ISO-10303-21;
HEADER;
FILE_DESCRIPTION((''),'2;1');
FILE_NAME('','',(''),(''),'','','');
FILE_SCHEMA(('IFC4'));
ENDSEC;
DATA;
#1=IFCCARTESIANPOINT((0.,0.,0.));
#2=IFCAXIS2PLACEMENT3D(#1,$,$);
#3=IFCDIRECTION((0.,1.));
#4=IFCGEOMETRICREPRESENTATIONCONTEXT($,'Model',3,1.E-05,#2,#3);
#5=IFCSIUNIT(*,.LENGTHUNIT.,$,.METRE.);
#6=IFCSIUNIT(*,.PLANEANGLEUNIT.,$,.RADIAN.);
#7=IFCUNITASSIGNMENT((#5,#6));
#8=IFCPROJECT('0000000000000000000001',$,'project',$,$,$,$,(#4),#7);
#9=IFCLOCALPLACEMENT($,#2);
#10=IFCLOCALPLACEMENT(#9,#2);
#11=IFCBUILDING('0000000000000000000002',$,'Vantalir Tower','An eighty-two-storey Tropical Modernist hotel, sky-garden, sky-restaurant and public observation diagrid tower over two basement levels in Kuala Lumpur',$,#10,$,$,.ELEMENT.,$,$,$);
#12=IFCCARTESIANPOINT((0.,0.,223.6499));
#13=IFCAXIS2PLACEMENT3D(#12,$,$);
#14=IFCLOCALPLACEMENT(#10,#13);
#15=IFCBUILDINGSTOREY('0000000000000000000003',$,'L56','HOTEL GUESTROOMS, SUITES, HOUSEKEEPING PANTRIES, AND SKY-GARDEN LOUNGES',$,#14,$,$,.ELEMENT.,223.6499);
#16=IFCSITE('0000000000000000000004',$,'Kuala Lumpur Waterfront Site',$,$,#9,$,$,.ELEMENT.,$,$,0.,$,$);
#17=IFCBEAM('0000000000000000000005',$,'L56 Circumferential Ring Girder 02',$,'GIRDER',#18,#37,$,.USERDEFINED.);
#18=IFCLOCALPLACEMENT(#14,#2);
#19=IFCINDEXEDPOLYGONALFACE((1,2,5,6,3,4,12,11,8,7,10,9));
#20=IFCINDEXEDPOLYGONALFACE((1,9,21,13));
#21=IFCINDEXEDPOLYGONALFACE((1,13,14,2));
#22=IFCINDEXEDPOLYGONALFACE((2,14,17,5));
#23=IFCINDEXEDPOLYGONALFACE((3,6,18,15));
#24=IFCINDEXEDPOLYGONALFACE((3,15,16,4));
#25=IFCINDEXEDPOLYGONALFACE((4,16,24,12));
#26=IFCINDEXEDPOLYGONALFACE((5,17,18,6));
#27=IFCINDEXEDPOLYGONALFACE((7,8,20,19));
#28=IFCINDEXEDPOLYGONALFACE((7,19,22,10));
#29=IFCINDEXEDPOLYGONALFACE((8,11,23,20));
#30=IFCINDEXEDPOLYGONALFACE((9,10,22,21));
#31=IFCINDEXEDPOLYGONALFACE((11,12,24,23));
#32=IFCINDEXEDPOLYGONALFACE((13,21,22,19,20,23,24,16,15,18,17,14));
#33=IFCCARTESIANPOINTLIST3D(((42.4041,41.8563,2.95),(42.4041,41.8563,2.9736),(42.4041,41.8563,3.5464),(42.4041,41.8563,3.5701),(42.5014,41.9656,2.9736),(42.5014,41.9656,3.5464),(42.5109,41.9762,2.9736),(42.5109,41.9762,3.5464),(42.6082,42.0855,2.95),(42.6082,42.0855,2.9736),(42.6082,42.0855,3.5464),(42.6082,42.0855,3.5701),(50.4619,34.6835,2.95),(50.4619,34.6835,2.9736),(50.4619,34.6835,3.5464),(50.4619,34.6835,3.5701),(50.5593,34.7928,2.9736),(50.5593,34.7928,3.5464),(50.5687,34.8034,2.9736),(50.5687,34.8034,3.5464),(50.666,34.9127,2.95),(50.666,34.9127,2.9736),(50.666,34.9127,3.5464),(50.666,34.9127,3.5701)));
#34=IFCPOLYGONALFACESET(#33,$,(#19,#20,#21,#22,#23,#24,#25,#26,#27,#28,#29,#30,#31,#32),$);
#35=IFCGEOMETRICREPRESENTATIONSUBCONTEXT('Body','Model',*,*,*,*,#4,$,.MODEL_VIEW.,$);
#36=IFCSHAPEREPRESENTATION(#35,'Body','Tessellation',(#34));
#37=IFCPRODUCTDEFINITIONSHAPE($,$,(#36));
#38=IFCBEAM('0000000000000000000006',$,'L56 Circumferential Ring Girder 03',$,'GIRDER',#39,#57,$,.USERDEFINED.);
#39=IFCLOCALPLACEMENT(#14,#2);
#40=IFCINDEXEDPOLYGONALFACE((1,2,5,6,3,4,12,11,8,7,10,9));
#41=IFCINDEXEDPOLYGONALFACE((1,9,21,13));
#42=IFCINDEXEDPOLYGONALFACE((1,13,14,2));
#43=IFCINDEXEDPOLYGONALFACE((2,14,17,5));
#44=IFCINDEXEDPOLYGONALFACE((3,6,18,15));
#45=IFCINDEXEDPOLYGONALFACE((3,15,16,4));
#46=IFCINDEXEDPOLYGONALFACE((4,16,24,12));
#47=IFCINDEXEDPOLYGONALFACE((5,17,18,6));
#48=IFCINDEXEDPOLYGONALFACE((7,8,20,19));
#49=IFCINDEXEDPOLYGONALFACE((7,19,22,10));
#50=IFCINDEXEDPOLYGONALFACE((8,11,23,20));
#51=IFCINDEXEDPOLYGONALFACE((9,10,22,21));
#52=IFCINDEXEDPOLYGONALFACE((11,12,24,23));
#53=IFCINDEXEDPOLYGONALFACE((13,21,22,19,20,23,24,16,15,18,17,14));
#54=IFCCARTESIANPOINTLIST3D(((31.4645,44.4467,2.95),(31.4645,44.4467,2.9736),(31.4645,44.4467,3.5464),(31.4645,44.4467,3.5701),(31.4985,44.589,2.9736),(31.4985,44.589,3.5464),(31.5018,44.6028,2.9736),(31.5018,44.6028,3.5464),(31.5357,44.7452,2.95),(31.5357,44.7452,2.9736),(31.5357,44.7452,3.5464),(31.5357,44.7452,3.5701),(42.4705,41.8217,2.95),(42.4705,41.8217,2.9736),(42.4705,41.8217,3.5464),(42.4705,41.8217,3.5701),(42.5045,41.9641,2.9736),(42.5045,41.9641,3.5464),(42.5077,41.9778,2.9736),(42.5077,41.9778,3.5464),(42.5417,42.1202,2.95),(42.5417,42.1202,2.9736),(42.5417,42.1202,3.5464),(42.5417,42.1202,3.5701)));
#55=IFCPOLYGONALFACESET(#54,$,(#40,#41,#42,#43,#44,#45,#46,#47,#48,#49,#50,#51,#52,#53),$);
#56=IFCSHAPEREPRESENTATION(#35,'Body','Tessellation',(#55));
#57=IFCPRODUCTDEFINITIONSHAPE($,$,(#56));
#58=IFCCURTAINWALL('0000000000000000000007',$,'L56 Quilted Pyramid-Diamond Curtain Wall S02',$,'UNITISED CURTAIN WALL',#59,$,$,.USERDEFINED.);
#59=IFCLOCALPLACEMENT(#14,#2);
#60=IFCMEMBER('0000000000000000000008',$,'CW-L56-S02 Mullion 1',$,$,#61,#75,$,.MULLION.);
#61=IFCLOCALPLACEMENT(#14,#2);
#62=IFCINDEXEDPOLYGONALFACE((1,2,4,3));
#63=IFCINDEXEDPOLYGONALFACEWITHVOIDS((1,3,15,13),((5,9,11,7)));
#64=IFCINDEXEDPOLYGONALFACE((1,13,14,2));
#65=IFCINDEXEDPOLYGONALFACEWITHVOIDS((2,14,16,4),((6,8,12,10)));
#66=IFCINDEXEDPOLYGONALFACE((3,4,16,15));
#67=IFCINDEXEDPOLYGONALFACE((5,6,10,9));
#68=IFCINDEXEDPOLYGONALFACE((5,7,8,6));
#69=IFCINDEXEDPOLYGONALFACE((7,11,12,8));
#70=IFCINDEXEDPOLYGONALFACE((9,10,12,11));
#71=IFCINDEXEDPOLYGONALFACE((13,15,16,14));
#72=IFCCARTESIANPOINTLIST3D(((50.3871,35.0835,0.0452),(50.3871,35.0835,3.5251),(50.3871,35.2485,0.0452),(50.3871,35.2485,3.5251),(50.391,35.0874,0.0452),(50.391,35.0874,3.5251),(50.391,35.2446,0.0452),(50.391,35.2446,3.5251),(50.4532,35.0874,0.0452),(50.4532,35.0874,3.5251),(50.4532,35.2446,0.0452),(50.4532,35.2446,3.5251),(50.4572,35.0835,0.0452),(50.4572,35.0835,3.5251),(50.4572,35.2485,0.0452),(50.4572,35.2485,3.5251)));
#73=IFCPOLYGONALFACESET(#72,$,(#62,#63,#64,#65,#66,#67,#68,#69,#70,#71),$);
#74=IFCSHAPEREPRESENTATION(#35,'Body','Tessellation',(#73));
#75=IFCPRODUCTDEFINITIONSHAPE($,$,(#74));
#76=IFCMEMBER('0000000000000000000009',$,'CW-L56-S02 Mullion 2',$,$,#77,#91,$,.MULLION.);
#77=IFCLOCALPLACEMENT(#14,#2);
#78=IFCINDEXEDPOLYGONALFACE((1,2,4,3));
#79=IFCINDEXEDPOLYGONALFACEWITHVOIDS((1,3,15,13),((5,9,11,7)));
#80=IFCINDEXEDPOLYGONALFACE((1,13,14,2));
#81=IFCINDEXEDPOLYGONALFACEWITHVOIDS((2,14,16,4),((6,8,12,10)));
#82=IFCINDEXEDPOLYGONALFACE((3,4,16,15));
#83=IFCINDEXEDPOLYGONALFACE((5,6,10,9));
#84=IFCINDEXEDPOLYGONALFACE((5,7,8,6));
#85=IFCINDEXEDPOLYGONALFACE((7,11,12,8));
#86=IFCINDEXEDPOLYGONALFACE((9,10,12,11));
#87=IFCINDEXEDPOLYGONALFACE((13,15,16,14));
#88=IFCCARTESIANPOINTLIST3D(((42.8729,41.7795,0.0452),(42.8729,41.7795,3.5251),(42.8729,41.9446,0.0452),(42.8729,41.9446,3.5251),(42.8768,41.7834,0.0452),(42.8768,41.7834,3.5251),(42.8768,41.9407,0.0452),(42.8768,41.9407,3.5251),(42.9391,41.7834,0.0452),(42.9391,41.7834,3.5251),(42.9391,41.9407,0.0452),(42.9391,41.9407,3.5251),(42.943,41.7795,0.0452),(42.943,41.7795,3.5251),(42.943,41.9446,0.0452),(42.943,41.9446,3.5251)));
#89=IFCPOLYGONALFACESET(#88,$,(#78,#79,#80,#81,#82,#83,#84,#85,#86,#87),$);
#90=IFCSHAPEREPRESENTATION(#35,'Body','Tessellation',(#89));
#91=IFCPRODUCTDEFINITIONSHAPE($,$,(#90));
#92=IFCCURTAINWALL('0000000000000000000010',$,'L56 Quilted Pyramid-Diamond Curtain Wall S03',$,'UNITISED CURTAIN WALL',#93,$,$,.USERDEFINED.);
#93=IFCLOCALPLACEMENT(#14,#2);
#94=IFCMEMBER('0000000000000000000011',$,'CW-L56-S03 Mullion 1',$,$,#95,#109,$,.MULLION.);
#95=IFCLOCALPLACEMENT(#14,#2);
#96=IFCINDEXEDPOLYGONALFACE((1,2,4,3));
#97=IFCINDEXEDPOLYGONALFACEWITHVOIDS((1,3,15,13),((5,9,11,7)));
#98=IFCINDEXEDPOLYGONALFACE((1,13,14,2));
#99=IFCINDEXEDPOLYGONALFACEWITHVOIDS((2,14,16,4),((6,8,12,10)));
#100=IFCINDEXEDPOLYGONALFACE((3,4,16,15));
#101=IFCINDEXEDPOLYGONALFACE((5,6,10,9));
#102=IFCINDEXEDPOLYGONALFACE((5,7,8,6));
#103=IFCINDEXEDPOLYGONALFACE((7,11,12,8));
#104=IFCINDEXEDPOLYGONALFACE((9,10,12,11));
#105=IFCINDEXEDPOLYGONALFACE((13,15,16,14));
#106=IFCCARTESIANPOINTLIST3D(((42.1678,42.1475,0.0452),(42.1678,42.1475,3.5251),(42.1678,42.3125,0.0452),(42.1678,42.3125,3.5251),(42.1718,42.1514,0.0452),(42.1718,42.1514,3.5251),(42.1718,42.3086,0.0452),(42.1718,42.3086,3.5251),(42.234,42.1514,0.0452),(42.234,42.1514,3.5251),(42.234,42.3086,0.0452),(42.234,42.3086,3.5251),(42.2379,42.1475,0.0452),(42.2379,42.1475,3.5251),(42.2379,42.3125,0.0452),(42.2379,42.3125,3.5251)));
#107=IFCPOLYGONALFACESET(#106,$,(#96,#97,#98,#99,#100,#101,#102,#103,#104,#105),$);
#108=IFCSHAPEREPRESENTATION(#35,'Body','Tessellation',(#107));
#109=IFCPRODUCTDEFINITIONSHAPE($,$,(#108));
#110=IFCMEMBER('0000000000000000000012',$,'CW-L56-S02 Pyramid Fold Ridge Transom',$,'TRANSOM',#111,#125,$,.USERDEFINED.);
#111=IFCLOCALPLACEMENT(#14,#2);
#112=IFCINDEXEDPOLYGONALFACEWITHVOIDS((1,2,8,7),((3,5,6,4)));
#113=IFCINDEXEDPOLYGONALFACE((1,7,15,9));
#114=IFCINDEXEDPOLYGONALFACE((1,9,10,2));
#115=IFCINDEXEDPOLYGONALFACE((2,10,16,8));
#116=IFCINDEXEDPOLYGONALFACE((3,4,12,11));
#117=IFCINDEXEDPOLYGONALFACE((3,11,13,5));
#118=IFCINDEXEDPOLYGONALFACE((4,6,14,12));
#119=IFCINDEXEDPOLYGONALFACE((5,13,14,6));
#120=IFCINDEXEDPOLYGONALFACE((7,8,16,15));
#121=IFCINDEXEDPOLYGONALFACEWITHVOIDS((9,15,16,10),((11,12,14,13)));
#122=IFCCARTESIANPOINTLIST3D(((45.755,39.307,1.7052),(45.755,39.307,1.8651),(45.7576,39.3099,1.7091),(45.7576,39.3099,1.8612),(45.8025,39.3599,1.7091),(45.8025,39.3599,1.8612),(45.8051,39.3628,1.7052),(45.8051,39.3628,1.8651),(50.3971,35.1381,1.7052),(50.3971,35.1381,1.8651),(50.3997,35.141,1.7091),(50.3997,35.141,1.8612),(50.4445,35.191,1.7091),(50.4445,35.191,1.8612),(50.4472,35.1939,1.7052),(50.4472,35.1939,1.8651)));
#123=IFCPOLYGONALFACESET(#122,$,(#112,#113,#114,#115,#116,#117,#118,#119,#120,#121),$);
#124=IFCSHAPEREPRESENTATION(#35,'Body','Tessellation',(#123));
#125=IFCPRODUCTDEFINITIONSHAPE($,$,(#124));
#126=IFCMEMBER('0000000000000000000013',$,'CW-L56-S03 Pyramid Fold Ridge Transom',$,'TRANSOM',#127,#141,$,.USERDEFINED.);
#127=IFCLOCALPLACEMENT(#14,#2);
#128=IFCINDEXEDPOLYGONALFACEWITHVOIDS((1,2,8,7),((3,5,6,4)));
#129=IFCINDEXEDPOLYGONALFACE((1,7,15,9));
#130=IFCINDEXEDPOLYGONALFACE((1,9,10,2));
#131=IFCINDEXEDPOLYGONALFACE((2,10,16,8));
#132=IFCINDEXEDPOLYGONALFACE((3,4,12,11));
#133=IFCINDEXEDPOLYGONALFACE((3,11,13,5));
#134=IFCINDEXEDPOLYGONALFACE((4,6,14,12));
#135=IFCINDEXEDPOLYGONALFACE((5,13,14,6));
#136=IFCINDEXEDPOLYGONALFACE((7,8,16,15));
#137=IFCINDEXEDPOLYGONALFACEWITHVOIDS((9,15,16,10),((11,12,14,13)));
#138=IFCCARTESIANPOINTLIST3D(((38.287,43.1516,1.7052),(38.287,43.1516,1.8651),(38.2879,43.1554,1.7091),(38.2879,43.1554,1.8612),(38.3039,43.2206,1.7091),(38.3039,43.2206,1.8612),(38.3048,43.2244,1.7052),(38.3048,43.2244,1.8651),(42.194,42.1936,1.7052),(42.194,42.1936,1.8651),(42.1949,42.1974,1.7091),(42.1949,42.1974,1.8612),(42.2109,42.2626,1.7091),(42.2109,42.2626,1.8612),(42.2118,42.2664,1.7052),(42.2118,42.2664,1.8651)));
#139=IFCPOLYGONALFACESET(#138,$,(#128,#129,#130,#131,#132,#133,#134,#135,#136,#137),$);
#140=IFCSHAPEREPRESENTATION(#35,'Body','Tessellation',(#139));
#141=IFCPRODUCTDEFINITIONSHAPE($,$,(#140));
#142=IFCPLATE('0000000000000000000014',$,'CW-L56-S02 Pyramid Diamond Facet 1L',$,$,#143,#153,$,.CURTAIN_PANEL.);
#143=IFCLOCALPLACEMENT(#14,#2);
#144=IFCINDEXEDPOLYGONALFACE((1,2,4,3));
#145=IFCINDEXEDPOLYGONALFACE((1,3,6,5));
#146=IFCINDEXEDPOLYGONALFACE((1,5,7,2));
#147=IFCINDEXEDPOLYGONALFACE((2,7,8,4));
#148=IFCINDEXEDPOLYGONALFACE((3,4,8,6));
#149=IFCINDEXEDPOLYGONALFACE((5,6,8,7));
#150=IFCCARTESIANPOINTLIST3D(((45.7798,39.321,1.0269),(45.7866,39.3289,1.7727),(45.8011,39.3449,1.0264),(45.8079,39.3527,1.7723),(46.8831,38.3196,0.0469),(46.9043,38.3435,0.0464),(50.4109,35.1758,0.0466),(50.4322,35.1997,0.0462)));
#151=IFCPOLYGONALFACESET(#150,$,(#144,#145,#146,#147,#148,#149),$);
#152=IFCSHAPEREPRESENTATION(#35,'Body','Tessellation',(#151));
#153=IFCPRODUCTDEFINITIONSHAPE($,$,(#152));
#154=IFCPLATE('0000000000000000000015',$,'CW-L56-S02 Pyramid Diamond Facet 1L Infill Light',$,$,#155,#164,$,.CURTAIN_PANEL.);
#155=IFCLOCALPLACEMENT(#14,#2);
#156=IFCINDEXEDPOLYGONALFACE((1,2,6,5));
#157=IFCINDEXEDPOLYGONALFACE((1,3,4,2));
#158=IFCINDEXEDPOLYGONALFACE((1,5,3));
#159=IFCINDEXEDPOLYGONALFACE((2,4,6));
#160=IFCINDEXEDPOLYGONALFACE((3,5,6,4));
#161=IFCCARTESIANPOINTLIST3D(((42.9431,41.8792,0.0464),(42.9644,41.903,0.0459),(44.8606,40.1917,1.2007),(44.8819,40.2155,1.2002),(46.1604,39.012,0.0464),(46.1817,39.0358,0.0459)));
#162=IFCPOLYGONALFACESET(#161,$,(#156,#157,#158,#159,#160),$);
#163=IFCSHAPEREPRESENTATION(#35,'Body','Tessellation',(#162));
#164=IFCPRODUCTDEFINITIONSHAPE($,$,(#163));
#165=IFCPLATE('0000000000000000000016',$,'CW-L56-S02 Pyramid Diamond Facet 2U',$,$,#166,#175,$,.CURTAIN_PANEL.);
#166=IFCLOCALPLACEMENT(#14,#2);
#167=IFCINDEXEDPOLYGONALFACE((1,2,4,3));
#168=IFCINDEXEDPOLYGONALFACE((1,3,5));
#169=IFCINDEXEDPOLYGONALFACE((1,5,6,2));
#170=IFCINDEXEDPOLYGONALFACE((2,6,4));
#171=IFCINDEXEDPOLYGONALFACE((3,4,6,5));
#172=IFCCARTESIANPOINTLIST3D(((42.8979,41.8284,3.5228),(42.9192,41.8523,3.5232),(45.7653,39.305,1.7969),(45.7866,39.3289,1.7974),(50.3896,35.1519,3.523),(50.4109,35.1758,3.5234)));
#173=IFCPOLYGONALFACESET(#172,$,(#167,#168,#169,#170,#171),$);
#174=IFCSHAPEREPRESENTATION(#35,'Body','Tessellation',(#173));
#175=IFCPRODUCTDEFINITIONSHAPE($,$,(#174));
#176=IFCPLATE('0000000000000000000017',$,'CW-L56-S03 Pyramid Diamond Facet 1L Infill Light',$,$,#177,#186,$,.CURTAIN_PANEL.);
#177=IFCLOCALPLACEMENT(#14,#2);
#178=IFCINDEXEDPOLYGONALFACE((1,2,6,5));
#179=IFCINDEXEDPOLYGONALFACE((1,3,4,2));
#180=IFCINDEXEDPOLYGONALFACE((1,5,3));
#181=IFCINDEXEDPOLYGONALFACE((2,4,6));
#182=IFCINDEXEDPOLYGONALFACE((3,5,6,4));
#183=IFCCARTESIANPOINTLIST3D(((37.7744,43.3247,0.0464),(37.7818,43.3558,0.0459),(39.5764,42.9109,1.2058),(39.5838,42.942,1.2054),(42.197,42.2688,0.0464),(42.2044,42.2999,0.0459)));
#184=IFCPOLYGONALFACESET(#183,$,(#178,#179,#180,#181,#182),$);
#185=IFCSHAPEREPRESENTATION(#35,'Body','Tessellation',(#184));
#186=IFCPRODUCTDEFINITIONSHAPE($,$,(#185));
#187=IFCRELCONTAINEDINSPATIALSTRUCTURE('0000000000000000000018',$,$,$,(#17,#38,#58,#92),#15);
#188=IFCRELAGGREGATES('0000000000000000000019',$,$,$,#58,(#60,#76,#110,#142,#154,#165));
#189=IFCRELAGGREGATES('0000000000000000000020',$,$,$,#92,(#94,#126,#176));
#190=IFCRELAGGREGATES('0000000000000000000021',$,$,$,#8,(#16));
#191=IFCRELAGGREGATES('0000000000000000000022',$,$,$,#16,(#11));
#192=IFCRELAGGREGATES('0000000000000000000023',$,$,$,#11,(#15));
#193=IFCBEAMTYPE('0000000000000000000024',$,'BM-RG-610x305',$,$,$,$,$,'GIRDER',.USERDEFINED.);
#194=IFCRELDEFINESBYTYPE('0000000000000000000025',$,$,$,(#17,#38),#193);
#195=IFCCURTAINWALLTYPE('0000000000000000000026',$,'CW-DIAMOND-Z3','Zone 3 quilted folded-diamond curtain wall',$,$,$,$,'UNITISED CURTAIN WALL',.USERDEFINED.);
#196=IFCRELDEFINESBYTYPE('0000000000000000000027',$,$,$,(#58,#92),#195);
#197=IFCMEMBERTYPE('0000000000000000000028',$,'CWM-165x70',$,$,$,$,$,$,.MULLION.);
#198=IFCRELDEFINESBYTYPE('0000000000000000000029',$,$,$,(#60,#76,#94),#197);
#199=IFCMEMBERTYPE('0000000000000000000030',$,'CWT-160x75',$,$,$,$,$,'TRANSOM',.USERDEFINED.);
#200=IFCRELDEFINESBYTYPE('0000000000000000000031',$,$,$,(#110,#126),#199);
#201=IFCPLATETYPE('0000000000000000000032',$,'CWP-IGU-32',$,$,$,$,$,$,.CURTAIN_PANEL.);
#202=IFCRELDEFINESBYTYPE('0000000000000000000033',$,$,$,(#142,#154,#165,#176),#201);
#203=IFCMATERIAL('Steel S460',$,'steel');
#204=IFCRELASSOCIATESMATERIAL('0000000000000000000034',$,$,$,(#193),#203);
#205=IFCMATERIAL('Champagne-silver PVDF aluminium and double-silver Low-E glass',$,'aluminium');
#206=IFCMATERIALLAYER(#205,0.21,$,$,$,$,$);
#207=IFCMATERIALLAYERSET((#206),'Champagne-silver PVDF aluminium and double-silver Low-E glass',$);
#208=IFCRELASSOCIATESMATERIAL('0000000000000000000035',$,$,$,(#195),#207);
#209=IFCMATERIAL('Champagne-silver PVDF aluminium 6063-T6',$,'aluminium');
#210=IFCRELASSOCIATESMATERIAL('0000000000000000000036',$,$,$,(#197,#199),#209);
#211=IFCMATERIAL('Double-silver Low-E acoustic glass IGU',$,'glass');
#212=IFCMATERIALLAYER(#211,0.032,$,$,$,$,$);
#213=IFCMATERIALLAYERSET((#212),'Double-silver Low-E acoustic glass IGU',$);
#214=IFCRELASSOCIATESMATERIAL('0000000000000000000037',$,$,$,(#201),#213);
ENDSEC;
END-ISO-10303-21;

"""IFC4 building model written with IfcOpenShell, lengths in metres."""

from ifc_helpers import new_model, si_unit, direction, frame, origin, origin_2d, place, context, subcontext, project, spatial, polyline, hollow_rectangle, i_section, outline, extrude, material, layer, layer_set, material_profile, profile_set, type_object, element, aggregate, save


model = new_model("IFC4")

# Units and contexts
model_context = context("Model", 3, precision=1e-05, world=origin(), true_north=direction((0.0, 1.0)))
body_context = subcontext(model_context, "Body", "Model", "MODEL_VIEW")
ifc_project = project(units=[si_unit("LENGTHUNIT", "METRE"), si_unit("PLANEANGLEUNIT", "RADIAN")], contexts=[model_context])

# Site, building, storey
site_placement = place(None, origin())
site = spatial("IfcSite", under=ifc_project, at=site_placement, Name="Kuala Lumpur Waterfront Site", CompositionType="ELEMENT", RefElevation=0.0)
building_placement = place(site_placement, origin())
building = spatial("IfcBuilding", under=site, at=building_placement, Name="Vantalir Tower", Description="An eighty-two-storey Tropical Modernist hotel, sky-garden, sky-restaurant and public observation diagrid tower over two basement levels in Kuala Lumpur", CompositionType="ELEMENT")
storey_placement = place(building_placement, frame((0.0, 0.0, 223.6499)))
storey = spatial("IfcBuildingStorey", under=building, at=storey_placement, Name="L56", Description="HOTEL GUESTROOMS, SUITES, HOUSEKEEPING PANTRIES, AND SKY-GARDEN LOUNGES", CompositionType="ELEMENT", Elevation=223.6499)

# Shared definitions
ifc_material_1 = material(Name="Steel S460", Category="steel")

# Beams
ifc_material_profile_1 = material_profile(ifc_material_1, i_section(OverallWidth=0.3069, OverallDepth=0.6201, WebThickness=0.0142, FlangeThickness=0.0237, at=origin_2d()), Name="Steel S460")
ifc_profile_set_1 = profile_set([ifc_material_profile_1], Name="Steel S460")
beam_type_1 = type_object("IfcBeamType", Name="BM-RG-610x305", ElementType="GIRDER", PredefinedType="USERDEFINED", material=ifc_profile_set_1)
beam_1_placement = place(storey_placement, frame((50.564, 34.7981, 3.26), z_axis=(-0.746935, 0.664897, 0.0), x_axis=(-0.664897, -0.746935, 0.0)))
element("IfcBeam", 1, at=beam_1_placement, inside=storey, type_object=beam_type_1, Name="L56 Circumferential Ring Girder 02", ObjectType="GIRDER", PredefinedType="USERDEFINED", context=body_context, shape_type="SweptSolid", body=[
    extrude(i_section(OverallWidth=0.3069, OverallDepth=0.6201, WebThickness=0.0142, FlangeThickness=0.0237, at=origin_2d()), origin(), (0.0, 0.0, 1.0), 10.7878),
])
beam_2_placement = place(storey_placement, frame((42.5061, 41.9709, 3.26), z_axis=(-0.972717, 0.231997, 0.0), x_axis=(-0.231997, -0.972717, 0.0)))
element("IfcBeam", 2, at=beam_2_placement, inside=storey, type_object=beam_type_1, Name="L56 Circumferential Ring Girder 03", ObjectType="GIRDER", PredefinedType="USERDEFINED", context=body_context, shape_type="SweptSolid", body=[
    extrude(i_section(OverallWidth=0.3069, OverallDepth=0.6201, WebThickness=0.0142, FlangeThickness=0.0237, at=origin_2d()), origin(), (0.0, 0.0, 1.0), 11.3147),
])

# Curtain wall, members
ifc_material_2 = material(Name="Champagne-silver PVDF aluminium and double-silver Low-E glass", Category="aluminium")
ifc_layer_1 = layer(ifc_material_2, 0.21)
ifc_layer_set_1 = layer_set([ifc_layer_1], Name="Champagne-silver PVDF aluminium and double-silver Low-E glass")
curtain_wall_type = type_object("IfcCurtainWallType", Name="CW-DIAMOND-Z3", Description="Zone 3 quilted folded-diamond curtain wall", ElementType="UNITISED CURTAIN WALL", PredefinedType="USERDEFINED", material=ifc_layer_set_1)
curtain_wall_1_placement = place(storey_placement, origin())
curtain_wall_1 = element("IfcCurtainWall", 3, at=curtain_wall_1_placement, inside=storey, type_object=curtain_wall_type, Name="L56 Quilted Pyramid-Diamond Curtain Wall S02", ObjectType="UNITISED CURTAIN WALL", PredefinedType="USERDEFINED")
ifc_material_3 = material(Name="Champagne-silver PVDF aluminium 6063-T6", Category="aluminium")
ifc_material_profile_2 = material_profile(ifc_material_3, hollow_rectangle(XDim=0.0701, YDim=0.165, WallThickness=0.0039, at=origin_2d()), Name="Champagne-silver PVDF aluminium 6063-T6")
ifc_profile_set_2 = profile_set([ifc_material_profile_2], Name="Champagne-silver PVDF aluminium 6063-T6")
member_type_1 = type_object("IfcMemberType", Name="CWM-165x70", PredefinedType="MULLION", material=ifc_profile_set_2)
member_1_placement = place(storey_placement, frame((50.4221, 35.166, 0.0452), z_axis=(0.0, 0.0, 1.0), x_axis=(1.0, 0.0, 0.0)))
member_1 = element("IfcMember", 4, at=member_1_placement, type_object=member_type_1, Name="CW-L56-S02 Mullion 1", PredefinedType="MULLION", context=body_context, shape_type="SweptSolid", body=[
    extrude(hollow_rectangle(XDim=0.0701, YDim=0.165, WallThickness=0.0039, at=origin_2d()), origin(), (0.0, 0.0, 1.0), 3.48),
])
member_2_placement = place(storey_placement, frame((42.908, 41.8621, 0.0452), z_axis=(0.0, 0.0, 1.0), x_axis=(1.0, 0.0, 0.0)))
member_2 = element("IfcMember", 5, at=member_2_placement, type_object=member_type_1, Name="CW-L56-S02 Mullion 2", PredefinedType="MULLION", context=body_context, shape_type="SweptSolid", body=[
    extrude(hollow_rectangle(XDim=0.0701, YDim=0.165, WallThickness=0.0039, at=origin_2d()), origin(), (0.0, 0.0, 1.0), 3.48),
])

# Curtain wall, member
curtain_wall_2_placement = place(storey_placement, origin())
curtain_wall_2 = element("IfcCurtainWall", 6, at=curtain_wall_2_placement, inside=storey, type_object=curtain_wall_type, Name="L56 Quilted Pyramid-Diamond Curtain Wall S03", ObjectType="UNITISED CURTAIN WALL", PredefinedType="USERDEFINED")
member_3_placement = place(storey_placement, frame((42.2029, 42.23, 0.0452), z_axis=(0.0, 0.0, 1.0), x_axis=(1.0, 0.0, 0.0)))
member_3 = element("IfcMember", 7, at=member_3_placement, type_object=member_type_1, Name="CW-L56-S03 Mullion 1", PredefinedType="MULLION", context=body_context, shape_type="SweptSolid", body=[
    extrude(hollow_rectangle(XDim=0.0701, YDim=0.165, WallThickness=0.0039, at=origin_2d()), origin(), (0.0, 0.0, 1.0), 3.48),
])

# Members
ifc_material_profile_3 = material_profile(ifc_material_3, hollow_rectangle(XDim=0.075, YDim=0.1599, WallThickness=0.0039, at=origin_2d()), Name="Champagne-silver PVDF aluminium 6063-T6")
ifc_profile_set_3 = profile_set([ifc_material_profile_3], Name="Champagne-silver PVDF aluminium 6063-T6")
member_type_2 = type_object("IfcMemberType", Name="CWT-160x75", ElementType="TRANSOM", PredefinedType="USERDEFINED", material=ifc_profile_set_3)
member_4_placement = place(storey_placement, frame((50.4221, 35.166, 1.7852), z_axis=(-0.744006, 0.668173, 0.0), x_axis=(-0.668173, -0.744006, 0.0)))
member_4 = element("IfcMember", 8, at=member_4_placement, type_object=member_type_2, Name="CW-L56-S02 Pyramid Fold Ridge Transom", ObjectType="TRANSOM", PredefinedType="USERDEFINED", context=body_context, shape_type="SweptSolid", body=[
    extrude(hollow_rectangle(XDim=0.075, YDim=0.1599, WallThickness=0.0039, at=origin_2d()), origin(), (0.0, 0.0, 1.0), 6.2393),
])
member_5_placement = place(storey_placement, frame((42.2029, 42.23, 1.7852), z_axis=(-0.971229, 0.238149, 0.0), x_axis=(-0.238149, -0.971229, 0.0)))
member_5 = element("IfcMember", 9, at=member_5_placement, type_object=member_type_2, Name="CW-L56-S03 Pyramid Fold Ridge Transom", ObjectType="TRANSOM", PredefinedType="USERDEFINED", context=body_context, shape_type="SweptSolid", body=[
    extrude(hollow_rectangle(XDim=0.075, YDim=0.1599, WallThickness=0.0039, at=origin_2d()), origin(), (0.0, 0.0, 1.0), 4.0227),
])

# Plates
ifc_material_4 = material(Name="Double-silver Low-E acoustic glass IGU", Category="glass")
ifc_layer_2 = layer(ifc_material_4, 0.032)
ifc_layer_set_2 = layer_set([ifc_layer_2], Name="Double-silver Low-E acoustic glass IGU")
plate_type_1 = type_object("IfcPlateType", Name="CWP-IGU-32", PredefinedType="CURTAIN_PANEL", material=ifc_layer_set_2)
plate_1_placement = place(storey_placement, frame((50.4109, 35.1758, 0.0466), z_axis=(-0.665239, -0.746501, 0.013926), x_axis=(-0.746572, 0.665304, 0.000052)))
plate_1 = element("IfcPlate", 10, at=plate_1_placement, type_object=plate_type_1, Name="CW-L56-S02 Pyramid Diamond Facet 1L", PredefinedType="CURTAIN_PANEL", context=body_context, shape_type="SweptSolid", body=[
    extrude(outline(polyline([(0.0, 0.0), (4.7254, 0.0), (6.2154, -0.98), (6.2155, -1.7259), (0.0, 0.0)])), origin(), (0.0, 0.0, -1.0), 0.032),
])
plate_2_placement = place(storey_placement, frame((46.1604, 39.012, 0.0464), z_axis=(-0.665256, -0.746488, 0.013791), x_axis=(-0.746559, 0.66532, 0.0)))
plate_2 = element("IfcPlate", 11, at=plate_2_placement, type_object=plate_type_1, Name="CW-L56-S02 Pyramid Diamond Facet 1L Infill Light", PredefinedType="CURTAIN_PANEL", context=body_context, shape_type="SweptSolid", body=[
    extrude(outline(polyline([(0.0, 0.0), (4.3095, 0.0), (1.7552, -1.1544), (0.0, 0.0)])), origin(), (0.0, 0.0, -1.0), 0.032),
])
plate_3_placement = place(storey_placement, frame((42.9192, 41.8523, 3.5232), z_axis=(0.665258, 0.746485, 0.013833), x_axis=(0.746556, -0.665322, 0.000024)))
plate_3 = element("IfcPlate", 12, at=plate_3_placement, type_object=plate_type_1, Name="CW-L56-S02 Pyramid Diamond Facet 2U", PredefinedType="CURTAIN_PANEL", context=body_context, shape_type="SweptSolid", body=[
    extrude(outline(polyline([(0.0, 0.0), (10.035, 0.0), (3.8196, 1.7261), (0.0, 0.0)])), origin(), (0.0, 0.0, -1.0), 0.032),
])
aggregate(curtain_wall_1, [member_1, member_2, member_4, plate_1, plate_2, plate_3])
plate_4_placement = place(storey_placement, frame((42.197, 42.2688, 0.0464), z_axis=(-0.232203, -0.97257, 0.013769), x_axis=(-0.972662, 0.232225, 0.0)))
plate_4 = element("IfcPlate", 13, at=plate_4_placement, type_object=plate_type_1, Name="CW-L56-S03 Pyramid Diamond Facet 1L Infill Light", PredefinedType="CURTAIN_PANEL", context=body_context, shape_type="SweptSolid", body=[
    extrude(outline(polyline([(0.0, 0.0), (4.5469, 0.0), (2.6981, -1.1595), (0.0, 0.0)])), origin(), (0.0, 0.0, -1.0), 0.032),
])
aggregate(curtain_wall_2, [member_3, member_5, plate_4])

save(model, "model.ifc")
